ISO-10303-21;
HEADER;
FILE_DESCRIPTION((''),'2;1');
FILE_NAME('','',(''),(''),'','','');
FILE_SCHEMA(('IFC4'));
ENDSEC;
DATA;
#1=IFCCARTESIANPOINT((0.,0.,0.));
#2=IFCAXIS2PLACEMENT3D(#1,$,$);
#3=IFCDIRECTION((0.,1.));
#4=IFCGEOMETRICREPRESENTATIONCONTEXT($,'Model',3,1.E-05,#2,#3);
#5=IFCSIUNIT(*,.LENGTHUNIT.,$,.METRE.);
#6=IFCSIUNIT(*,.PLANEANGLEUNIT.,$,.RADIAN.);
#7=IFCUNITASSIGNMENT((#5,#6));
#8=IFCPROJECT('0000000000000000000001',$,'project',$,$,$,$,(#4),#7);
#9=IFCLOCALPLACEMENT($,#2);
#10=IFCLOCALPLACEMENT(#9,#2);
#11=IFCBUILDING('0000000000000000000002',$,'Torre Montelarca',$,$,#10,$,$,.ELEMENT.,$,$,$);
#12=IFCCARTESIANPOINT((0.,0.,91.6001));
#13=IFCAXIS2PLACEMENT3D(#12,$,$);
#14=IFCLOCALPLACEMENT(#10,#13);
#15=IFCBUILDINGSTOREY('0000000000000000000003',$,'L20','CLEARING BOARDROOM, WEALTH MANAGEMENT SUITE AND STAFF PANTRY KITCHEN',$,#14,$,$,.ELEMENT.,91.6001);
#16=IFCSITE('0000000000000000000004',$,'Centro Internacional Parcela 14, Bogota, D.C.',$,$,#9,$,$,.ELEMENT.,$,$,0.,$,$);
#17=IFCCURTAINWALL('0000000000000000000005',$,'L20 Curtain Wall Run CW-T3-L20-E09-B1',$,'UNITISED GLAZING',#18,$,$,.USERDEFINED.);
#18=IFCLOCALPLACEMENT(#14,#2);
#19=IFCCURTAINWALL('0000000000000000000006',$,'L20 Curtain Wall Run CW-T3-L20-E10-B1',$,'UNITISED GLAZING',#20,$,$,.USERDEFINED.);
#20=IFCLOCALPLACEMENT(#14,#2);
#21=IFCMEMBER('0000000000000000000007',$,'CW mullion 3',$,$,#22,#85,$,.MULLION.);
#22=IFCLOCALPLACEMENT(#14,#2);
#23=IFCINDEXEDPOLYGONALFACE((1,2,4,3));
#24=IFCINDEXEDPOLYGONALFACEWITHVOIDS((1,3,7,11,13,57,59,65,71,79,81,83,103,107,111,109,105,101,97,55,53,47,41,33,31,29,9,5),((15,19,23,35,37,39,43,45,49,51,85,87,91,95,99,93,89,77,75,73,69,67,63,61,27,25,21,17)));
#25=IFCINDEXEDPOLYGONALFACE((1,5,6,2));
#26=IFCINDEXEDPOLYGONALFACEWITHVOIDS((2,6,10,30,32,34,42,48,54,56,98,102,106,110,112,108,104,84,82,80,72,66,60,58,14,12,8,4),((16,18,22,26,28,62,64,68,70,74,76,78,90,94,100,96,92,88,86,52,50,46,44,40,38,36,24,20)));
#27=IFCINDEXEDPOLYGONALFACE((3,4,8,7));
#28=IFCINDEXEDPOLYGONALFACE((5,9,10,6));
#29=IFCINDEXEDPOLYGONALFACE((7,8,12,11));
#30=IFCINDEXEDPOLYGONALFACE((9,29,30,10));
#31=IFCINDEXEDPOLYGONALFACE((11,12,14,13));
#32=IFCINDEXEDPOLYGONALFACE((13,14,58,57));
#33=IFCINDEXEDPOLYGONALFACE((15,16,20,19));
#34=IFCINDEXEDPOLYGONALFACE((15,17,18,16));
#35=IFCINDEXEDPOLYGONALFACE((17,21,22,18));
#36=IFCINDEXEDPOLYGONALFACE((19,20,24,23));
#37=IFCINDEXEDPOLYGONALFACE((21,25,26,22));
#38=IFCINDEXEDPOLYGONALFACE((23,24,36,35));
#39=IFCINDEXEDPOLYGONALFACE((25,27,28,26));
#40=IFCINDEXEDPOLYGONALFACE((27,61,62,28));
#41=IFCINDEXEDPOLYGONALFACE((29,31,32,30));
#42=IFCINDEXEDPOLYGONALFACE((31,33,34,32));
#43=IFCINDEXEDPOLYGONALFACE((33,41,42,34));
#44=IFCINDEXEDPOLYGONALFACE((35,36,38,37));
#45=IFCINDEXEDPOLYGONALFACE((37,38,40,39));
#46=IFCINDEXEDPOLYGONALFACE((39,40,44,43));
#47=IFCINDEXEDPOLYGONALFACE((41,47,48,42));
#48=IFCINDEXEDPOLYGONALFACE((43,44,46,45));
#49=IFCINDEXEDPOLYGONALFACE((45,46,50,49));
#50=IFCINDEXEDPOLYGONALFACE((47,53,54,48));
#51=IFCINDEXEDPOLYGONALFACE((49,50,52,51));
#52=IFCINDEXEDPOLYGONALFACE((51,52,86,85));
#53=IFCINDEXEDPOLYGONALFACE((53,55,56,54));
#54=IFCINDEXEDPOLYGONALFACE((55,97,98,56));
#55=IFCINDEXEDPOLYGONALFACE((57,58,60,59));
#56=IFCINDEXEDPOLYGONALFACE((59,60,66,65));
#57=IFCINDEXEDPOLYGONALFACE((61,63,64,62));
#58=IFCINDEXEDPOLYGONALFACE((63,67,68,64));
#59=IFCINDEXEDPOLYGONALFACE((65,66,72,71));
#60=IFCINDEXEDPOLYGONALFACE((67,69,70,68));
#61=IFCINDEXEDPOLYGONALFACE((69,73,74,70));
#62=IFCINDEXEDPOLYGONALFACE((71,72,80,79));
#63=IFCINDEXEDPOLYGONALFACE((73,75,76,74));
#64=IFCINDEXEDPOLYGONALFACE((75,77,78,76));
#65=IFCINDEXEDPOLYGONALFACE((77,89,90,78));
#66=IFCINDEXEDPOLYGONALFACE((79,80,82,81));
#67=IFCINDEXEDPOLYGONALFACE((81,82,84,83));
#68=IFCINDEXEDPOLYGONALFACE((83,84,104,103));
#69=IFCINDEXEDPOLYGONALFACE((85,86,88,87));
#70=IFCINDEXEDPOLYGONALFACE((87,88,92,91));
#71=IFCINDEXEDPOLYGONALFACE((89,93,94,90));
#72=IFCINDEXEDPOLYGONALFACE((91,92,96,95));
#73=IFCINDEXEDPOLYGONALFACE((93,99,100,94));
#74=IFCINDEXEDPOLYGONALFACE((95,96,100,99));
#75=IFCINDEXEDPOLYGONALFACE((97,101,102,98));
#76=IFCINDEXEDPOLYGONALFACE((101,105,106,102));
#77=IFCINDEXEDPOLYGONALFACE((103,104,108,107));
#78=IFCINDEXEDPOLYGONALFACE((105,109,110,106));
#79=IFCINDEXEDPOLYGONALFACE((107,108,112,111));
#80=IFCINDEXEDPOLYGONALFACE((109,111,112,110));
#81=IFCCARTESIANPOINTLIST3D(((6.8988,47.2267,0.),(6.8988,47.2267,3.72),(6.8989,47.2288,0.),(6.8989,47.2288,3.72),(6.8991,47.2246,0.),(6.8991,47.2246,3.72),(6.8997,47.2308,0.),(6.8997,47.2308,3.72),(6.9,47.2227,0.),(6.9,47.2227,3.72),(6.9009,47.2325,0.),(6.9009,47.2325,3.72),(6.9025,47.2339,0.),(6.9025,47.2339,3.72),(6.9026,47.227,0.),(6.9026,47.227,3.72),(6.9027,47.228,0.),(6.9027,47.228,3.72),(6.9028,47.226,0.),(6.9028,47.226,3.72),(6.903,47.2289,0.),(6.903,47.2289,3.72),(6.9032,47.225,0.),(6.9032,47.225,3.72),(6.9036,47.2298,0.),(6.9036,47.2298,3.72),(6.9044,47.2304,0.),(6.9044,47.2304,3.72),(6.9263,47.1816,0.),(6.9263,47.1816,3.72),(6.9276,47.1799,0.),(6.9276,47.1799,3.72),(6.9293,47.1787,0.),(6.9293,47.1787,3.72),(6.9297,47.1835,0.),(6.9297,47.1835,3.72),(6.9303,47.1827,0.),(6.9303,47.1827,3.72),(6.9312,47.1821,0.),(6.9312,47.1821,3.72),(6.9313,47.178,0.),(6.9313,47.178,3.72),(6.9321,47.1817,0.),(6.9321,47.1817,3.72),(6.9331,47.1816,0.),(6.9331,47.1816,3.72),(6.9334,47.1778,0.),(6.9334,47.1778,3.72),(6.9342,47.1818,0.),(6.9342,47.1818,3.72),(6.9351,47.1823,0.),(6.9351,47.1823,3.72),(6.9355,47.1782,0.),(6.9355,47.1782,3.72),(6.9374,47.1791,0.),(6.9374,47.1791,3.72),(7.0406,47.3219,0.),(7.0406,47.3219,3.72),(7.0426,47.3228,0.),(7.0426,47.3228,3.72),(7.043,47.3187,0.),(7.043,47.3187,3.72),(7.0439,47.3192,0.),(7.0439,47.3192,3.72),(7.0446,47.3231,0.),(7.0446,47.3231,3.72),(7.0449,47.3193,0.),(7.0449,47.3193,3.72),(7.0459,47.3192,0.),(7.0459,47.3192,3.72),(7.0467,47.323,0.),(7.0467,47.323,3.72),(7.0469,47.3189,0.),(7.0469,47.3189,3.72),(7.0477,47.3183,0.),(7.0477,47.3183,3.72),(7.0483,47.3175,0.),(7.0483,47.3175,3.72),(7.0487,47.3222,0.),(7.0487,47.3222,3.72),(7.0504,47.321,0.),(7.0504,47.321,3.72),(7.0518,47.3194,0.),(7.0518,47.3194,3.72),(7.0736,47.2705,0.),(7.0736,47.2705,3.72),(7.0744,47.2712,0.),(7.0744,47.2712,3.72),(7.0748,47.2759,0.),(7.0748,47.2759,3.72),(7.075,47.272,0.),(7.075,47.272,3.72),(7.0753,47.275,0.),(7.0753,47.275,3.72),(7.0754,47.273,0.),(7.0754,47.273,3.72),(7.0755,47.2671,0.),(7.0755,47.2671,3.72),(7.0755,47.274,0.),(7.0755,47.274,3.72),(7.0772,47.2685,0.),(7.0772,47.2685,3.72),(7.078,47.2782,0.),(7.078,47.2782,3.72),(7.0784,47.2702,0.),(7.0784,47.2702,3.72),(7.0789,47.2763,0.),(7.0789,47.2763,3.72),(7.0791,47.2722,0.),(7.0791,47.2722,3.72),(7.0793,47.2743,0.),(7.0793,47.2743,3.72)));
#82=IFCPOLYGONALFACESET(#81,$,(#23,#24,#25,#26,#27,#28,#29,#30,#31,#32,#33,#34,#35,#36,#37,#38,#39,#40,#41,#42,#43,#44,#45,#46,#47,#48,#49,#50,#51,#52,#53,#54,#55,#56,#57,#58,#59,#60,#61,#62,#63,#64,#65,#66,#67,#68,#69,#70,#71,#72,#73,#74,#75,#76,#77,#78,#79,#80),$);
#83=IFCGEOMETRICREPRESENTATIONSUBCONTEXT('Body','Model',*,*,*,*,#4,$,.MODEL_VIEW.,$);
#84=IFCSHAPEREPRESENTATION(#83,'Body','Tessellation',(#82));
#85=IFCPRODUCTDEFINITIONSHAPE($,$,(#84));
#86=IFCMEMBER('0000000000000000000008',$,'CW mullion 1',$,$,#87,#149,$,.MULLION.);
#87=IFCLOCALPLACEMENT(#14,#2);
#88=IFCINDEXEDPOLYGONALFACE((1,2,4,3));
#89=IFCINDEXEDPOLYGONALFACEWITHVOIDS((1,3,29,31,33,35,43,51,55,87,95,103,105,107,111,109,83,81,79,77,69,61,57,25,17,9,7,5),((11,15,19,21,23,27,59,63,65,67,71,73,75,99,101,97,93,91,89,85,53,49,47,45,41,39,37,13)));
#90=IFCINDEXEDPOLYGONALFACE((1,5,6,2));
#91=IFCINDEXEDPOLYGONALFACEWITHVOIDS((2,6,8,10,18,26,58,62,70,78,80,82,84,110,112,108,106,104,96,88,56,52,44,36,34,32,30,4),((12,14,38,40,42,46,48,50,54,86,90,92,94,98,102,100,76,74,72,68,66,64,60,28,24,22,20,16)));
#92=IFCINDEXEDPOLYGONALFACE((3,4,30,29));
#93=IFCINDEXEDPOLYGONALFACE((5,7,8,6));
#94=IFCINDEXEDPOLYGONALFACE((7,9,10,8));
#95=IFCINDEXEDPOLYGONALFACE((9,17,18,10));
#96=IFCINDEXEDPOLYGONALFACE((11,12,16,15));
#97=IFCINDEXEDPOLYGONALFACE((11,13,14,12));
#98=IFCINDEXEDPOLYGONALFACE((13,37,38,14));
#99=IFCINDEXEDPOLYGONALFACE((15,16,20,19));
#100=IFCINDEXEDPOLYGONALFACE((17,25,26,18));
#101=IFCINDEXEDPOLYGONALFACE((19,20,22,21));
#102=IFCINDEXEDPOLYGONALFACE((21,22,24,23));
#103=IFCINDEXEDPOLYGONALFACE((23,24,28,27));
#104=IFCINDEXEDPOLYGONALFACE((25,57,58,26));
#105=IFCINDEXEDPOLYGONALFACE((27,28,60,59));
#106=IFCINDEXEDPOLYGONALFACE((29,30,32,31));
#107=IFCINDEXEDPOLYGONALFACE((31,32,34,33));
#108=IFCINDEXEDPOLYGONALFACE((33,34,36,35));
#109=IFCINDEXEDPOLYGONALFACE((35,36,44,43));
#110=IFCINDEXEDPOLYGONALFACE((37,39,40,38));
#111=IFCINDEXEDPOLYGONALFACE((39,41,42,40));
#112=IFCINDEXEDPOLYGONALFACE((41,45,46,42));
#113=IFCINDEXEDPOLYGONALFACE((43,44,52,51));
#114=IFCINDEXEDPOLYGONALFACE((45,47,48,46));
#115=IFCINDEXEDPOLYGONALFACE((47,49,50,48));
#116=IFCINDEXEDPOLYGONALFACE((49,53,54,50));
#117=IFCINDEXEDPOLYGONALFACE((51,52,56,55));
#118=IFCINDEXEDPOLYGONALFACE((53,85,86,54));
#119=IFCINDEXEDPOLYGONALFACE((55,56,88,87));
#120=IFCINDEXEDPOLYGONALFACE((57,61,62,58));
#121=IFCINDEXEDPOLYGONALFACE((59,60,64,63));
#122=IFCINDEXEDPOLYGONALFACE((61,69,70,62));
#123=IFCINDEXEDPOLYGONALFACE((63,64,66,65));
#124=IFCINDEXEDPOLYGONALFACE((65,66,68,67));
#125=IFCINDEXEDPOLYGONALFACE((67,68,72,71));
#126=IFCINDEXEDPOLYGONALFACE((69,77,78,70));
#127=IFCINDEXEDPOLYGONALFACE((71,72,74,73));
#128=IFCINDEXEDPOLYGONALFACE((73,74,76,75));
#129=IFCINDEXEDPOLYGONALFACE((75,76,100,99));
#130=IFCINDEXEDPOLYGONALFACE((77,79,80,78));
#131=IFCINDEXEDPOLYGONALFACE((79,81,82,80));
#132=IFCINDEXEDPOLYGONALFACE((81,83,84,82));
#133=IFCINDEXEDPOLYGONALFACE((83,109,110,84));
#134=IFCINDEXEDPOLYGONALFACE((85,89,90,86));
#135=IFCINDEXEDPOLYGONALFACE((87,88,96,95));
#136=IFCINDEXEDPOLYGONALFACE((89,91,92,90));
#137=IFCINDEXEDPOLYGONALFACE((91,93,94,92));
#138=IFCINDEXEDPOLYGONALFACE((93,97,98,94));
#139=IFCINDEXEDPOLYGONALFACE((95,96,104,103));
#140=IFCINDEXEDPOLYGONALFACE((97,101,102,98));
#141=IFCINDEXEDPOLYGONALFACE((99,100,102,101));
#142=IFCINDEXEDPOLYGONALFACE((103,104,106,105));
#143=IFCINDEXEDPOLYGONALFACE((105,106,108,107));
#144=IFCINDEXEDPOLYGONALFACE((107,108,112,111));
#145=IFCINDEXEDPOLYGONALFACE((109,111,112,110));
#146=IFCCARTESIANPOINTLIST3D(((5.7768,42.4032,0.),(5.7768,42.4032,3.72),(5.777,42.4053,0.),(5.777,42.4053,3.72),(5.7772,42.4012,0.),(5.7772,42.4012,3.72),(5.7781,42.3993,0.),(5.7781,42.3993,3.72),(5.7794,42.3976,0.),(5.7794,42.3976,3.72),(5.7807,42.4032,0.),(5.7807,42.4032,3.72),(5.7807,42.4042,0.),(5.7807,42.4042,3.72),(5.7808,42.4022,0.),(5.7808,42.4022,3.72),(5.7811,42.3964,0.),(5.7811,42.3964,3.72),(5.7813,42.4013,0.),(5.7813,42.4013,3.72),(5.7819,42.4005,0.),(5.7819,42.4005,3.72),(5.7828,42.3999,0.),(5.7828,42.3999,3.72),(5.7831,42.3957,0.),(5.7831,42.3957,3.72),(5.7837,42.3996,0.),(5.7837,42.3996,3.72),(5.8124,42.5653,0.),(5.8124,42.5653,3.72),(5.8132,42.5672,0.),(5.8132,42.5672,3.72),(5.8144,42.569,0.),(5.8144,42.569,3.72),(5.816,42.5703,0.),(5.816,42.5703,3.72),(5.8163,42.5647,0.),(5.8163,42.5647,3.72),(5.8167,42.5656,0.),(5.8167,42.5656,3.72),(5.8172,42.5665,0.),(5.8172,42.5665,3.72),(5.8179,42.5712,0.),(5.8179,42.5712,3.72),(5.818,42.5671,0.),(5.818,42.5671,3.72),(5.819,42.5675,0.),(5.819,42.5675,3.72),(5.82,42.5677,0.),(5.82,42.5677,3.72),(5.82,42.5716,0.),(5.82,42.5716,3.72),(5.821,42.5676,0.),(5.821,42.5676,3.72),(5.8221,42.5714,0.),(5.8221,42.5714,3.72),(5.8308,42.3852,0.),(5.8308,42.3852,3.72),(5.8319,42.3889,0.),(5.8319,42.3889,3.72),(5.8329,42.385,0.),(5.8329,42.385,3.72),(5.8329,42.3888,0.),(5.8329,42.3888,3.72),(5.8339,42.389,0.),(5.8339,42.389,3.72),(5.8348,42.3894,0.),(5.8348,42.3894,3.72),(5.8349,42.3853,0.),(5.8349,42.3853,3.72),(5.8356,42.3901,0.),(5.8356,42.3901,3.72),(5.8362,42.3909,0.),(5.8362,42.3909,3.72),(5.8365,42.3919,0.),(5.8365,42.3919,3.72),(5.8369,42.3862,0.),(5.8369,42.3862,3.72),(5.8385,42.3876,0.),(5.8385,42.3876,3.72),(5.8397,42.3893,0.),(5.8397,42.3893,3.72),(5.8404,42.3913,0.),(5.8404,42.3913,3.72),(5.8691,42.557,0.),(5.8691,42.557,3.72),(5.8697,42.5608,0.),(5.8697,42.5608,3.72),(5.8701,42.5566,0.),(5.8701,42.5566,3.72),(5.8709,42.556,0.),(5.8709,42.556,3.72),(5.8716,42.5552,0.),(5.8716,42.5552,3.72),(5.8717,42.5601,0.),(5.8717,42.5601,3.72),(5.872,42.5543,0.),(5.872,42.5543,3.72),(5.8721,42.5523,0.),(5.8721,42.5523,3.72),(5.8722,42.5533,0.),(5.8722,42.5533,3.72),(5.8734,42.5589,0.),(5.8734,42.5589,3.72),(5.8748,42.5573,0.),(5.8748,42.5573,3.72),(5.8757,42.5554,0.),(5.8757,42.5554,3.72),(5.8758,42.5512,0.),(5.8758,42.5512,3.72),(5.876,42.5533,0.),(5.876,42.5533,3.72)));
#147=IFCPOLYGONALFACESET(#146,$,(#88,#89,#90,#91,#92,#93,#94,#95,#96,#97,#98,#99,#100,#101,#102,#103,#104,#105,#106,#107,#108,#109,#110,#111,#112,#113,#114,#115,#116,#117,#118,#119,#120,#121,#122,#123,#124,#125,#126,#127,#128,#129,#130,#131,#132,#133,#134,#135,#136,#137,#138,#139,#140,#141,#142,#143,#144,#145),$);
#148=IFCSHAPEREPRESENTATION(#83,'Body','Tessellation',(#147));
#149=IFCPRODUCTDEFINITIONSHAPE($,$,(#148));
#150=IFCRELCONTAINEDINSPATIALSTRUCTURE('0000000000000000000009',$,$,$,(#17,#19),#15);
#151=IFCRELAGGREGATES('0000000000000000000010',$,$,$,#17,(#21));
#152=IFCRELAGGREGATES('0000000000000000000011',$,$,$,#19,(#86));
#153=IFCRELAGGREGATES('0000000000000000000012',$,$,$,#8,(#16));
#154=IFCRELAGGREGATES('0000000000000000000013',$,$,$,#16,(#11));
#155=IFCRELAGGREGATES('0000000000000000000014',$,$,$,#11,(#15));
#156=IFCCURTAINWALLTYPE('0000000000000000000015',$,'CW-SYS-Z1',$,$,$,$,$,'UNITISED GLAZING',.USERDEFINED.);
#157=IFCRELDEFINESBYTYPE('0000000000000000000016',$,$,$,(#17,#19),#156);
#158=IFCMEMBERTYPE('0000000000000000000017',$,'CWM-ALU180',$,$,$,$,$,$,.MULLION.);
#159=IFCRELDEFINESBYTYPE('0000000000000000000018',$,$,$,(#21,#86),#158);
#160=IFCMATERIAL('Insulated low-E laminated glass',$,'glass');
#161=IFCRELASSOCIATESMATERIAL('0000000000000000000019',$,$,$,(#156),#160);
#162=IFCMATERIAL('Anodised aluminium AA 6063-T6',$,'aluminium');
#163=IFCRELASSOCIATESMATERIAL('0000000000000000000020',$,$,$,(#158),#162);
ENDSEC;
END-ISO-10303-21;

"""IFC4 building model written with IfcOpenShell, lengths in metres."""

from ifc_helpers import new_model, si_unit, direction, frame, origin, origin_2d, place, context, subcontext, project, spatial, hollow_rectangle, extrude, source, transform, mapped, material, material_profile, profile_set, type_object, element, aggregate, save


model = new_model("IFC4")

# Units and contexts
model_context = context("Model", 3, precision=1e-05, world=origin(), true_north=direction((0.0, 1.0)))
body_context = subcontext(model_context, "Body", "Model", "MODEL_VIEW")
ifc_project = project(units=[si_unit("LENGTHUNIT", "METRE"), si_unit("PLANEANGLEUNIT", "RADIAN")], contexts=[model_context])

# Site, building, storey
site_placement = place(None, origin())
site = spatial("IfcSite", under=ifc_project, at=site_placement, Name="Centro Internacional Parcela 14, Bogota, D.C.", CompositionType="ELEMENT", RefElevation=0.0)
building_placement = place(site_placement, origin())
building = spatial("IfcBuilding", under=site, at=building_placement, Name="Torre Montelarca", CompositionType="ELEMENT")
storey_placement = place(building_placement, frame((0.0, 0.0, 91.6001)))
storey = spatial("IfcBuildingStorey", under=building, at=storey_placement, Name="L20", Description="CLEARING BOARDROOM, WEALTH MANAGEMENT SUITE AND STAFF PANTRY KITCHEN", CompositionType="ELEMENT", Elevation=91.6001)

# Curtain walls
ifc_material_1 = material(Name="Insulated low-E laminated glass", Category="glass")
curtain_wall_type = type_object("IfcCurtainWallType", Name="CW-SYS-Z1", ElementType="UNITISED GLAZING", PredefinedType="USERDEFINED", material=ifc_material_1)
curtain_wall_1_placement = place(storey_placement, origin())
curtain_wall_1 = element("IfcCurtainWall", 1, at=curtain_wall_1_placement, inside=storey, type_object=curtain_wall_type, Name="L20 Curtain Wall Run CW-T3-L20-E09-B1", ObjectType="UNITISED GLAZING", PredefinedType="USERDEFINED")
ifc_material_2 = material(Name="Anodised aluminium AA 6063-T6", Category="aluminium")
curtain_wall_2_placement = place(storey_placement, origin())
curtain_wall_2 = element("IfcCurtainWall", 2, at=curtain_wall_2_placement, inside=storey, type_object=curtain_wall_type, Name="L20 Curtain Wall Run CW-T3-L20-E10-B1", ObjectType="UNITISED GLAZING", PredefinedType="USERDEFINED")

# Members
ifc_material_profile_1 = material_profile(ifc_material_2, hollow_rectangle(XDim=0.0649, YDim=0.1799, WallThickness=0.0039, InnerFilletRadius=0.0039, OuterFilletRadius=0.0081, at=origin_2d()), Name="ALU65X180X4", Category="aluminium")
ifc_profile_set_1 = profile_set([ifc_material_profile_1], Name="Anodised aluminium AA 6063-T6")
member_type_1 = type_object("IfcMemberType", Name="CWM-ALU180", PredefinedType="MULLION", material=ifc_profile_set_1)
shared_shape_1 = source(origin(), body_context, "Body", "SweptSolid", [
    extrude(hollow_rectangle(XDim=0.0649, YDim=0.1799, WallThickness=0.0039, InnerFilletRadius=0.0039, OuterFilletRadius=0.0081, at=origin_2d()), origin(), (0.0, 0.0, 1.0), 3.72),
])
member_1_placement = place(storey_placement, frame((6.989, 47.2505, 0.0), z_axis=(0.0, 0.0, 1.0), x_axis=(0.537316, -0.843381, 0.0)))
member_1 = element("IfcMember", 3, at=member_1_placement, type_object=member_type_1, Name="CW mullion 3", PredefinedType="MULLION", context=body_context, shape_type="MappedRepresentation", body=[
    mapped(shared_shape_1, transform((0.0, 0.0, 0.0), scale=1.0)),
])
member_2_placement = place(storey_placement, frame((5.8264, 42.4783, 0.0), z_axis=(0.0, 0.0, 1.0), x_axis=(0.976292, -0.216455, 0.0)))
member_2 = element("IfcMember", 4, at=member_2_placement, type_object=member_type_1, Name="CW mullion 1", PredefinedType="MULLION", context=body_context, shape_type="MappedRepresentation", body=[
    mapped(shared_shape_1, transform((0.0, 0.0, 0.0), scale=1.0)),
])

aggregate(curtain_wall_1, [member_1])
aggregate(curtain_wall_2, [member_2])

save(model, "model.ifc")
